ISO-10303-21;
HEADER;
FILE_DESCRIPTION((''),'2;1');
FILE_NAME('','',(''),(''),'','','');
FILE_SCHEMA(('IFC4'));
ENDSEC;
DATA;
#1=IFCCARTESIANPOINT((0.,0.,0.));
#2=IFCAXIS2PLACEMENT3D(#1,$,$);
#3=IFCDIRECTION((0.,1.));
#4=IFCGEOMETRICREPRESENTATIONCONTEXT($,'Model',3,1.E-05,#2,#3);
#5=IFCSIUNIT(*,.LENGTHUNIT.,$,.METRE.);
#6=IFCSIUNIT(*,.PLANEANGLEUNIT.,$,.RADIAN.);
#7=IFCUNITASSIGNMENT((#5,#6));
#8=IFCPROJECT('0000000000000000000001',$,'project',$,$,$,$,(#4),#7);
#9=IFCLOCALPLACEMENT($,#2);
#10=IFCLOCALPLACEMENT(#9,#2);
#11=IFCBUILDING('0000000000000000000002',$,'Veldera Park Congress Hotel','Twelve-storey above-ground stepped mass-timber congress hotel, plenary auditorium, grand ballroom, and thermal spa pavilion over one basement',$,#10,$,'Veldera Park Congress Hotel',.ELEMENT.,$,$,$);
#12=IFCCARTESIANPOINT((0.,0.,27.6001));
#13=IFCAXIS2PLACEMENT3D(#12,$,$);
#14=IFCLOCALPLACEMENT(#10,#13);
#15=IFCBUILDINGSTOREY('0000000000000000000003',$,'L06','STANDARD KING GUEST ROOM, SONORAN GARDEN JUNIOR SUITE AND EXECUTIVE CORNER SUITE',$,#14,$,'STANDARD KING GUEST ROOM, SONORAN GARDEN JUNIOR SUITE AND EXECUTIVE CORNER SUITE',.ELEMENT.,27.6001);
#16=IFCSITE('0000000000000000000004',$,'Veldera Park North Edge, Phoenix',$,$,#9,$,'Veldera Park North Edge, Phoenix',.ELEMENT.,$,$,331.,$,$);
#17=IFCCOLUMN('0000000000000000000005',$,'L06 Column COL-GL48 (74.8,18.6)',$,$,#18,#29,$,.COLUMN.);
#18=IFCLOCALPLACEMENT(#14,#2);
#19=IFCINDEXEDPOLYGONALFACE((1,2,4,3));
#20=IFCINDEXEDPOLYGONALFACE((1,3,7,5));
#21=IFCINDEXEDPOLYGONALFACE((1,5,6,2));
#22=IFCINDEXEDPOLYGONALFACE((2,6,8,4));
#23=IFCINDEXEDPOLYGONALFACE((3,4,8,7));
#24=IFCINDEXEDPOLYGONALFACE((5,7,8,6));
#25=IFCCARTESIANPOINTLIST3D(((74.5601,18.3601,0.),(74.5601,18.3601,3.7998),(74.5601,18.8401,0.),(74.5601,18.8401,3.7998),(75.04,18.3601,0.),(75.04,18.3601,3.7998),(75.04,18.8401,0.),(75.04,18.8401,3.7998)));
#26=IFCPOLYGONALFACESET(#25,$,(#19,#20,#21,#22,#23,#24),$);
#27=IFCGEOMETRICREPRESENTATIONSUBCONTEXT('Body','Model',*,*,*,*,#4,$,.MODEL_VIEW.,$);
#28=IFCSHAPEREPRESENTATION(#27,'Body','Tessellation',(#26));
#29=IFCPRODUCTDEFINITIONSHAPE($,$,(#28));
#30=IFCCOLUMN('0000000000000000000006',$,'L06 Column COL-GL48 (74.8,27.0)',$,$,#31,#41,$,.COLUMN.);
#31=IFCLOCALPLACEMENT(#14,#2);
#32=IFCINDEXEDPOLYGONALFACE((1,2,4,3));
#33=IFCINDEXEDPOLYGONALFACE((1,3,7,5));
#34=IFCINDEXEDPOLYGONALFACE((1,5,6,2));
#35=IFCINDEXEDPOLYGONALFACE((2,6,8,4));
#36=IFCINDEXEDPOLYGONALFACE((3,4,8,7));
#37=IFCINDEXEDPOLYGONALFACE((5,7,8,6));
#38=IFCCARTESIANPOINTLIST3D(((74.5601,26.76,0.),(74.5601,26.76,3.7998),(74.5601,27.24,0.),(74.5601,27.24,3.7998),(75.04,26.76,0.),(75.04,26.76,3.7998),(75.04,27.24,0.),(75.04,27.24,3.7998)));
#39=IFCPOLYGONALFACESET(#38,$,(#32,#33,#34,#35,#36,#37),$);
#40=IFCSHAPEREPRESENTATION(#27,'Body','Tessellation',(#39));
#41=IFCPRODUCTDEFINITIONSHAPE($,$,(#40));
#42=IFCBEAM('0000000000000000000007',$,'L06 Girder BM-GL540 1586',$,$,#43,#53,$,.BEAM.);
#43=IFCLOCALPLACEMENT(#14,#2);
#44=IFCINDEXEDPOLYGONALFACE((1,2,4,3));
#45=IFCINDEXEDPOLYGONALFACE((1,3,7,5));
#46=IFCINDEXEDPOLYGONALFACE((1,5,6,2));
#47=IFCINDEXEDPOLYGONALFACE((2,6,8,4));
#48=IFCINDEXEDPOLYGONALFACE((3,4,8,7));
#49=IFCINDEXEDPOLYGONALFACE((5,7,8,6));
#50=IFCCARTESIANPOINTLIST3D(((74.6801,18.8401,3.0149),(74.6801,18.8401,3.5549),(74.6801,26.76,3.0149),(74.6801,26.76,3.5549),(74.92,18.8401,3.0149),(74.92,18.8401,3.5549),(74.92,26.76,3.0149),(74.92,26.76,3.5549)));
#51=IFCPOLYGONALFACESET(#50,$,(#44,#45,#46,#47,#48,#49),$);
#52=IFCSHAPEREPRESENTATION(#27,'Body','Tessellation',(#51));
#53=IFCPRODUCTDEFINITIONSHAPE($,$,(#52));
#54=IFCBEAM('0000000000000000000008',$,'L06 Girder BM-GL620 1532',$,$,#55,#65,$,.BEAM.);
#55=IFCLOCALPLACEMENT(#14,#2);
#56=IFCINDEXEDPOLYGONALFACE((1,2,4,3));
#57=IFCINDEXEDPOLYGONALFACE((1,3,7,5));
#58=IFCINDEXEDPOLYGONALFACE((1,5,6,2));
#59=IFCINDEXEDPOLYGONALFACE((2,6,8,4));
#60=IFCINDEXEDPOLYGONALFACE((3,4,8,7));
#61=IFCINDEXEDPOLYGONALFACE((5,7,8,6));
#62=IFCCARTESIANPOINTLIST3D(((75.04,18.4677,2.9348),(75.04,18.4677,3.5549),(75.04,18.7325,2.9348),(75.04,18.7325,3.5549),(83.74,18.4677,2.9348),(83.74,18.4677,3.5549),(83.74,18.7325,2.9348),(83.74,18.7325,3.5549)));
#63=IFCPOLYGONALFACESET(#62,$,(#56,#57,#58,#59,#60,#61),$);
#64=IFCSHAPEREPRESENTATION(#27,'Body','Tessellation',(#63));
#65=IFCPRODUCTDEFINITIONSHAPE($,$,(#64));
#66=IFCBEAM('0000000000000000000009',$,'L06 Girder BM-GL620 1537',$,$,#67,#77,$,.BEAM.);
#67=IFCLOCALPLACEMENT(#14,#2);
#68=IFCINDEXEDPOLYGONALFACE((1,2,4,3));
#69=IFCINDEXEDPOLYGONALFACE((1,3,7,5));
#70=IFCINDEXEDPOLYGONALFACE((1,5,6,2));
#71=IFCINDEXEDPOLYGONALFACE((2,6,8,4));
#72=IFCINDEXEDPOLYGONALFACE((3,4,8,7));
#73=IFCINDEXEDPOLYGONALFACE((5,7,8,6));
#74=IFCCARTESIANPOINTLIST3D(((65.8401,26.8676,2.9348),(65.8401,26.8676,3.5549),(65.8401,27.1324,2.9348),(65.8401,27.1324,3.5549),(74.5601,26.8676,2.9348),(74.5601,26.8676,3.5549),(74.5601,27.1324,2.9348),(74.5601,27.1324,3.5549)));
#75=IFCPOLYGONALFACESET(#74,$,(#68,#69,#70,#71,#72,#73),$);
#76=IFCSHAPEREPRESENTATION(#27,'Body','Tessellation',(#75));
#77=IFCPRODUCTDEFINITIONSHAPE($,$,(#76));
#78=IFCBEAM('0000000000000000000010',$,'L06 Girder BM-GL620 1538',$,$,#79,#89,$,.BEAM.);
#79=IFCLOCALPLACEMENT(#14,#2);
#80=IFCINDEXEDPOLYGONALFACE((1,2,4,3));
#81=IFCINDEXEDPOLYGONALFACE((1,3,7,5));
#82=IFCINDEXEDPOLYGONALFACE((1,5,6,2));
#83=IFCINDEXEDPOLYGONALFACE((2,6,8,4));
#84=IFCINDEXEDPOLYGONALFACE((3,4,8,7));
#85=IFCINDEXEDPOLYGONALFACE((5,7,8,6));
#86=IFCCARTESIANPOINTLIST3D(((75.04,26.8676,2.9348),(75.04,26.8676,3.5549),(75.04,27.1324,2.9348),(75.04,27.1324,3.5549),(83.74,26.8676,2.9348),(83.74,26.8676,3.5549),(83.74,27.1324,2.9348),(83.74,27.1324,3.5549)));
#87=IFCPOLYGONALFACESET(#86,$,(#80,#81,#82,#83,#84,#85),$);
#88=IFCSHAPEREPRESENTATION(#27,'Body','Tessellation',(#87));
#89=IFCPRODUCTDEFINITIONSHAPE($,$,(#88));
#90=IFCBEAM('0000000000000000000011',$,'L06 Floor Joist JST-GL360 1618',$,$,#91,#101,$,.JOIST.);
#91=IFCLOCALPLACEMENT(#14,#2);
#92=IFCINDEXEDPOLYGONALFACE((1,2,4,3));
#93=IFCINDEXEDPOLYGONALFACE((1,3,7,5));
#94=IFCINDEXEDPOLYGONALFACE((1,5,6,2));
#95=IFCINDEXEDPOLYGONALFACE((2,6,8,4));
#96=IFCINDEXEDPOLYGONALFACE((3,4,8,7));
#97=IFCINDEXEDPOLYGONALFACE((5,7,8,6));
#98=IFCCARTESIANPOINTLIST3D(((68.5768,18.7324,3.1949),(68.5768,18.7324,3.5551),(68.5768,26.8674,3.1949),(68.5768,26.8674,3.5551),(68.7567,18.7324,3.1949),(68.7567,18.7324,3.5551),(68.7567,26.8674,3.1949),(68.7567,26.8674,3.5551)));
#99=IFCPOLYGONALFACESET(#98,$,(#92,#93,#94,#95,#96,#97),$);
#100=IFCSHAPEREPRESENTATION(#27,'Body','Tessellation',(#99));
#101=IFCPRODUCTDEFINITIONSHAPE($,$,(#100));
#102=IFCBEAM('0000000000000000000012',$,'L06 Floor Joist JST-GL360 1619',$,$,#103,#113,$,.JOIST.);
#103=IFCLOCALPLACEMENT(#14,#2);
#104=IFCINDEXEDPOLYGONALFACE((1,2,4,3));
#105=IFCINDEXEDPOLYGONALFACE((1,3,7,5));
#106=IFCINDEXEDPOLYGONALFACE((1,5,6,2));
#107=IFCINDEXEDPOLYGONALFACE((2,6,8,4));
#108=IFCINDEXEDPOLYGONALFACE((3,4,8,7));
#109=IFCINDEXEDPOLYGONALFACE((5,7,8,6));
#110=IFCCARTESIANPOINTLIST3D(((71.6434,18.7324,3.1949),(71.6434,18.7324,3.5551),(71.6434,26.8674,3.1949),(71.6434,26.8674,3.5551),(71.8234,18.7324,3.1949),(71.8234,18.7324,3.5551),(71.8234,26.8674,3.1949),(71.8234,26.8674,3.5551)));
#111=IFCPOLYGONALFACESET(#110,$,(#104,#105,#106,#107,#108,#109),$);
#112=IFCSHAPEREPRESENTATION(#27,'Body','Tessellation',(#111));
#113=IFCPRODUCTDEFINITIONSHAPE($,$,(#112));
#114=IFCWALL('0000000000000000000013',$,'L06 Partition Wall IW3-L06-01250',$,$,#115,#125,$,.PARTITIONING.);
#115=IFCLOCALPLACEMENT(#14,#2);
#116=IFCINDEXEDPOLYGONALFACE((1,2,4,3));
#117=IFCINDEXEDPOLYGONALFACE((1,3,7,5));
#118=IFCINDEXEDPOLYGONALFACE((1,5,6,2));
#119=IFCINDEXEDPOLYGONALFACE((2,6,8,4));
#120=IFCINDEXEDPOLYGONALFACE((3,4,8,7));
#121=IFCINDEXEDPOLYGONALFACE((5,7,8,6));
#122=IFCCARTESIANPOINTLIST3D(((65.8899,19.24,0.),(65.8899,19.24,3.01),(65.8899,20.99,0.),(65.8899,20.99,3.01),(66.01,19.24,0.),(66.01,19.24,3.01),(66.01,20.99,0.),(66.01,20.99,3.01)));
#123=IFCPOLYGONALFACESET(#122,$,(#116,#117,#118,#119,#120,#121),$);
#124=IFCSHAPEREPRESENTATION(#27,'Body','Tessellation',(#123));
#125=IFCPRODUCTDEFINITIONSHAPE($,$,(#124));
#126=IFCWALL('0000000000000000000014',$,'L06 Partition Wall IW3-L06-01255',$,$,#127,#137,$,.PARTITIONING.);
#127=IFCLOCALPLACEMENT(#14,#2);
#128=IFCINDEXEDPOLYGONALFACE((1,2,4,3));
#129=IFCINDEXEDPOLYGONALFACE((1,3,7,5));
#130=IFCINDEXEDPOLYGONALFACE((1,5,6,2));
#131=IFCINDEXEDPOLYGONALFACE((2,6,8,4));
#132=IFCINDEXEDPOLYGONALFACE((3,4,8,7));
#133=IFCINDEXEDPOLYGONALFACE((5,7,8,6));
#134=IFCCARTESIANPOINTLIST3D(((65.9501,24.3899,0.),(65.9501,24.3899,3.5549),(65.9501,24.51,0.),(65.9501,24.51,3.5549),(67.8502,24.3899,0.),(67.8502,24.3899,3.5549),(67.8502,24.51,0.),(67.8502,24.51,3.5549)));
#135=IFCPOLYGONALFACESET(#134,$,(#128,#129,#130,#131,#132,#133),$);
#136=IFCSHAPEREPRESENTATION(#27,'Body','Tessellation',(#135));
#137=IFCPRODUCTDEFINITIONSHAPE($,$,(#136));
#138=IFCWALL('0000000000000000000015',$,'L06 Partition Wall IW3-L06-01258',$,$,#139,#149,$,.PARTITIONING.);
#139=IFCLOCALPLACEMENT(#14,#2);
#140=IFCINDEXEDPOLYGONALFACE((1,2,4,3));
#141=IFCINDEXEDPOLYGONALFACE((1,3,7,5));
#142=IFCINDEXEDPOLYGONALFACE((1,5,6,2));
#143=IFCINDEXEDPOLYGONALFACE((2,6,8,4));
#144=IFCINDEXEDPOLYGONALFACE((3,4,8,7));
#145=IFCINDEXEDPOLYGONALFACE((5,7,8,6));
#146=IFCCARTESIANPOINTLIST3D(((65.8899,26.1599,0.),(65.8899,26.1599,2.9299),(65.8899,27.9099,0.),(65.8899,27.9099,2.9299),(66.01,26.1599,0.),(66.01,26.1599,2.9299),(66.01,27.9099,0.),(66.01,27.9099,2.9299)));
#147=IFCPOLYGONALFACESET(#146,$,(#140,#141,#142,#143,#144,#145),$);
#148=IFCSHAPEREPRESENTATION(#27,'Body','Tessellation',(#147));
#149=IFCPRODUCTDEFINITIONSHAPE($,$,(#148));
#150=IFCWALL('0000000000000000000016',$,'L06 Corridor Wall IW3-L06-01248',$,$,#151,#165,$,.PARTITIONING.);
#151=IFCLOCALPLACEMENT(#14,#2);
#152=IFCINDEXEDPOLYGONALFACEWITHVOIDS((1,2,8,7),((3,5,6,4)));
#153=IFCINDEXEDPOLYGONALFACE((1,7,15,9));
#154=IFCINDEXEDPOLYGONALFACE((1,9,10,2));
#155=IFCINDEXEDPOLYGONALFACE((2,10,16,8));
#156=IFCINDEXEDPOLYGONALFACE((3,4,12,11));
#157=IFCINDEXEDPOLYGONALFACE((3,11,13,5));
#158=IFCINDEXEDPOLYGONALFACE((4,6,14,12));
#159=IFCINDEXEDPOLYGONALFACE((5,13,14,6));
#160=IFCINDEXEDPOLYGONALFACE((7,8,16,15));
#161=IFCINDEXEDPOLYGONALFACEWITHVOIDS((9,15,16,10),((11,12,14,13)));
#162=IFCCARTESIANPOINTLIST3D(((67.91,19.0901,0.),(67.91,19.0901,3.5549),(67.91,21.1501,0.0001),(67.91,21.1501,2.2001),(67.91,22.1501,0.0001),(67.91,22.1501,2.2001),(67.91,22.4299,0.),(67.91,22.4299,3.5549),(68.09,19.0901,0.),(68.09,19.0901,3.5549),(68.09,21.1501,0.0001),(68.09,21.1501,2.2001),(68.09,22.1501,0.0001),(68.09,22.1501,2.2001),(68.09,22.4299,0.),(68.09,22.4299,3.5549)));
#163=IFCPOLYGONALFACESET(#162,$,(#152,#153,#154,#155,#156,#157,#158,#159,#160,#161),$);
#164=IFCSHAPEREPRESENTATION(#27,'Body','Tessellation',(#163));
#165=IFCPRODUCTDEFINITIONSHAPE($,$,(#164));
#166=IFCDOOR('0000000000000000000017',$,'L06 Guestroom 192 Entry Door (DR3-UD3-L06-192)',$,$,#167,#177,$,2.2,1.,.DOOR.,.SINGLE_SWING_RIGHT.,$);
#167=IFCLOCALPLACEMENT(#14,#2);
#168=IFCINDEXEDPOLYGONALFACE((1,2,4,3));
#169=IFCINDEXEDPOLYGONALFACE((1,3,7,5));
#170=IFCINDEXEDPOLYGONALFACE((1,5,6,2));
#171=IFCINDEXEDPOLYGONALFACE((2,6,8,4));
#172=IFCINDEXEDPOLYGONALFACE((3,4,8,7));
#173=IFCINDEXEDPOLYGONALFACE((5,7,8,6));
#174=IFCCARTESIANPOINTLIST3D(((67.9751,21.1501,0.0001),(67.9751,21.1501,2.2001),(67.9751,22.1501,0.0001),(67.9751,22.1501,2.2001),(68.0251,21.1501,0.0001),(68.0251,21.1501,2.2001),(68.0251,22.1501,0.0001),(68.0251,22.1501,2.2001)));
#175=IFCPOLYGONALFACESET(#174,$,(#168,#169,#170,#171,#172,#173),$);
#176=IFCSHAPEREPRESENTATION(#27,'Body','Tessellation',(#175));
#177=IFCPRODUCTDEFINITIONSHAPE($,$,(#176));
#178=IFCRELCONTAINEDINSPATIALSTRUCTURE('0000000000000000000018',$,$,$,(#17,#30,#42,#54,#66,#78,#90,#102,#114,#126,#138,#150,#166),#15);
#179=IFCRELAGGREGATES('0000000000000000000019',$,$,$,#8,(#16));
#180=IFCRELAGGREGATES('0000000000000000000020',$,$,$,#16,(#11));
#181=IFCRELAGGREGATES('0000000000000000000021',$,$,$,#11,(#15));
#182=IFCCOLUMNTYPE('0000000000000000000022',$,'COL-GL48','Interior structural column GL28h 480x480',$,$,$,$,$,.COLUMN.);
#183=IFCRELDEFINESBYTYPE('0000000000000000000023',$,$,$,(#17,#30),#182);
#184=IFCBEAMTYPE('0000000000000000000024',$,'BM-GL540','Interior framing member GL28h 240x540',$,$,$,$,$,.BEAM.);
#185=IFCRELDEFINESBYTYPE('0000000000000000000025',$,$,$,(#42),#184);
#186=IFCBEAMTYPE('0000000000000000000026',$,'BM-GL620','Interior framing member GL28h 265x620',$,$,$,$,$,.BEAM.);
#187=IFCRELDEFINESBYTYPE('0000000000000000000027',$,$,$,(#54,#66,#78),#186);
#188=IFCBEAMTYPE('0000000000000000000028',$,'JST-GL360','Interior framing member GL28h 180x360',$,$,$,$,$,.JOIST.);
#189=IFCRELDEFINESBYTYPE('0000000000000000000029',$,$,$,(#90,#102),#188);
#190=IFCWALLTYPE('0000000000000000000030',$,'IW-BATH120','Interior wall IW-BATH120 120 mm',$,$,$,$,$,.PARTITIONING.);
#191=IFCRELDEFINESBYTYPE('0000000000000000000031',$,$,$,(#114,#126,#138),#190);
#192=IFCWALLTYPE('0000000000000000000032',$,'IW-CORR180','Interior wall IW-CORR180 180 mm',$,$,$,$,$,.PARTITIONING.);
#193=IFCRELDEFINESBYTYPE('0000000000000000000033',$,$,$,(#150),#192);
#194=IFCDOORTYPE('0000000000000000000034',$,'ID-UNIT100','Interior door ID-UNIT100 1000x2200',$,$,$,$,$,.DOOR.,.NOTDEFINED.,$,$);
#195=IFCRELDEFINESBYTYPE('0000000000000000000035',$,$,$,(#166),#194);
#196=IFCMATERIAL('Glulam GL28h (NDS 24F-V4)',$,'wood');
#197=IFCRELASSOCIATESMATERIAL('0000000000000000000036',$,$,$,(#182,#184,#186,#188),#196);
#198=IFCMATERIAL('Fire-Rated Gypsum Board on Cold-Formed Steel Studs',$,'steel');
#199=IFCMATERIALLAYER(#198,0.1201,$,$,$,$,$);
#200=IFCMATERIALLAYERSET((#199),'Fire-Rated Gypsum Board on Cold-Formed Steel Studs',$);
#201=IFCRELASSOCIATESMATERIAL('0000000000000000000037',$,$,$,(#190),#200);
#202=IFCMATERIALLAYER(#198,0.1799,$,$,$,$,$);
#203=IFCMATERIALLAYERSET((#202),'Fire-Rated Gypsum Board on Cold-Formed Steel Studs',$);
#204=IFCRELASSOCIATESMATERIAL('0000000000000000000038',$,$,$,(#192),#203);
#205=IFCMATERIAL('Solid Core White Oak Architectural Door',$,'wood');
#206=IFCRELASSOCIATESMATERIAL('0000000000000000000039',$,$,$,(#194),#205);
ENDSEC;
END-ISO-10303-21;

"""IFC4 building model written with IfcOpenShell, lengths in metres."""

from ifc_helpers import new_model, si_unit, direction, frame, frame_2d, origin, origin_2d, place, context, subcontext, project, spatial, rectangle, extrude, material, layer, layer_set, material_profile, profile_set, type_object, element, fill, save


model = new_model("IFC4")

# Units and contexts
model_context = context("Model", 3, precision=1e-05, world=origin(), true_north=direction((0.0, 1.0)))
body_context = subcontext(model_context, "Body", "Model", "MODEL_VIEW")
ifc_project = project(units=[si_unit("LENGTHUNIT", "METRE"), si_unit("PLANEANGLEUNIT", "RADIAN")], contexts=[model_context])

# Site, building, storey
site_placement = place(None, origin())
site = spatial("IfcSite", under=ifc_project, at=site_placement, Name="Veldera Park North Edge, Phoenix", LongName="Veldera Park North Edge, Phoenix", CompositionType="ELEMENT", RefElevation=331.0)
building_placement = place(site_placement, origin())
building = spatial("IfcBuilding", under=site, at=building_placement, Name="Veldera Park Congress Hotel", Description="Twelve-storey above-ground stepped mass-timber congress hotel, plenary auditorium, grand ballroom, and thermal spa pavilion over one basement", LongName="Veldera Park Congress Hotel", CompositionType="ELEMENT")
storey_placement = place(building_placement, frame((0.0, 0.0, 27.6001)))
storey = spatial("IfcBuildingStorey", under=building, at=storey_placement, Name="L06", Description="STANDARD KING GUEST ROOM, SONORAN GARDEN JUNIOR SUITE AND EXECUTIVE CORNER SUITE", LongName="STANDARD KING GUEST ROOM, SONORAN GARDEN JUNIOR SUITE AND EXECUTIVE CORNER SUITE", CompositionType="ELEMENT", Elevation=27.6001)

# Columns
ifc_material_1 = material(Name="Glulam GL28h (NDS 24F-V4)", Category="wood")
ifc_material_profile_1 = material_profile(ifc_material_1, rectangle(XDim=0.48, YDim=0.48, at=origin_2d()), Name="GL28h 480x480")
ifc_profile_set_1 = profile_set([ifc_material_profile_1], Name="Glulam GL28h (NDS 24F-V4)")
column_type = type_object("IfcColumnType", Name="COL-GL48", Description="Interior structural column GL28h 480x480", PredefinedType="COLUMN", material=ifc_profile_set_1)
for number, where, z_axis, x_axis, name in (
    (1, (74.8, 18.6001, 0.0), (0.0, 0.0, 1.0), (1.0, 0.0, 0.0), "L06 Column COL-GL48 (74.8,18.6)"),
    (2, (74.8, 27.0, 0.0), (0.0, 0.0, 1.0), (1.0, 0.0, 0.0), "L06 Column COL-GL48 (74.8,27.0)"),
):
    element("IfcColumn", number, at=place(storey_placement, frame(where, z_axis=z_axis, x_axis=x_axis)), inside=storey, type_object=column_type, Name=name, PredefinedType="COLUMN", context=body_context, shape_type="SweptSolid", body=[
        extrude(rectangle(XDim=0.48, YDim=0.48, at=origin_2d()), origin(), (0.0, 0.0, 1.0), 3.7998),
    ])

# Beams
ifc_material_profile_2 = material_profile(ifc_material_1, rectangle(XDim=0.24, YDim=0.54, at=origin_2d()), Name="GL28h 240x540")
ifc_profile_set_2 = profile_set([ifc_material_profile_2], Name="Glulam GL28h (NDS 24F-V4)")
beam_type_1 = type_object("IfcBeamType", Name="BM-GL540", Description="Interior framing member GL28h 240x540", PredefinedType="BEAM", material=ifc_profile_set_2)
beam_1_placement = place(storey_placement, frame((74.8, 18.8401, 3.2849), z_axis=(0.0, 1.0, 0.0), x_axis=(-1.0, 0.0, 0.0)))
element("IfcBeam", 3, at=beam_1_placement, inside=storey, type_object=beam_type_1, Name="L06 Girder BM-GL540 1586", PredefinedType="BEAM", context=body_context, shape_type="SweptSolid", body=[
    extrude(rectangle(XDim=0.24, YDim=0.54, at=origin_2d()), origin(), (0.0, 0.0, 1.0), 7.9199),
])
ifc_material_profile_3 = material_profile(ifc_material_1, rectangle(XDim=0.2649, YDim=0.6201, at=origin_2d()), Name="GL28h 265x620")
ifc_profile_set_3 = profile_set([ifc_material_profile_3], Name="Glulam GL28h (NDS 24F-V4)")
beam_type_2 = type_object("IfcBeamType", Name="BM-GL620", Description="Interior framing member GL28h 265x620", PredefinedType="BEAM", material=ifc_profile_set_3)
beam_2_placement = place(storey_placement, frame((75.04, 18.6001, 3.2449), z_axis=(1.0, 0.0, 0.0), x_axis=(0.0, 1.0, 0.0)))
element("IfcBeam", 4, at=beam_2_placement, inside=storey, type_object=beam_type_2, Name="L06 Girder BM-GL620 1532", PredefinedType="BEAM", context=body_context, shape_type="SweptSolid", body=[
    extrude(rectangle(XDim=0.2649, YDim=0.6201, at=origin_2d()), origin(), (0.0, 0.0, 1.0), 8.7),
])
beam_3_placement = place(storey_placement, frame((65.8401, 27.0, 3.2449), z_axis=(1.0, 0.0, 0.0), x_axis=(0.0, 1.0, 0.0)))
element("IfcBeam", 5, at=beam_3_placement, inside=storey, type_object=beam_type_2, Name="L06 Girder BM-GL620 1537", PredefinedType="BEAM", context=body_context, shape_type="SweptSolid", body=[
    extrude(rectangle(XDim=0.2649, YDim=0.6201, at=origin_2d()), origin(), (0.0, 0.0, 1.0), 8.72),
])
beam_4_placement = place(storey_placement, frame((75.04, 27.0, 3.2449), z_axis=(1.0, 0.0, 0.0), x_axis=(0.0, 1.0, 0.0)))
element("IfcBeam", 6, at=beam_4_placement, inside=storey, type_object=beam_type_2, Name="L06 Girder BM-GL620 1538", PredefinedType="BEAM", context=body_context, shape_type="SweptSolid", body=[
    extrude(rectangle(XDim=0.2649, YDim=0.6201, at=origin_2d()), origin(), (0.0, 0.0, 1.0), 8.7),
])
ifc_material_profile_4 = material_profile(ifc_material_1, rectangle(XDim=0.1799, YDim=0.3601, at=origin_2d()), Name="GL28h 180x360")
ifc_profile_set_4 = profile_set([ifc_material_profile_4], Name="Glulam GL28h (NDS 24F-V4)")
beam_type_3 = type_object("IfcBeamType", Name="JST-GL360", Description="Interior framing member GL28h 180x360", PredefinedType="JOIST", material=ifc_profile_set_4)
for number, where, z_axis, x_axis, name in (
    (7, (68.6667, 18.7324, 3.375), (0.0, 1.0, 0.0), (-1.0, 0.0, 0.0), "L06 Floor Joist JST-GL360 1618"),
    (8, (71.7334, 18.7324, 3.375), (0.0, 1.0, 0.0), (-1.0, 0.0, 0.0), "L06 Floor Joist JST-GL360 1619"),
):
    element("IfcBeam", number, at=place(storey_placement, frame(where, z_axis=z_axis, x_axis=x_axis)), inside=storey, type_object=beam_type_3, Name=name, PredefinedType="JOIST", context=body_context, shape_type="SweptSolid", body=[
        extrude(rectangle(XDim=0.1799, YDim=0.3601, at=origin_2d()), origin(), (0.0, 0.0, 1.0), 8.135),
    ])

# Wall
ifc_material_2 = material(Name="Fire-Rated Gypsum Board on Cold-Formed Steel Studs", Category="steel")
ifc_layer_1 = layer(ifc_material_2, 0.1201)
ifc_layer_set_1 = layer_set([ifc_layer_1], Name="Fire-Rated Gypsum Board on Cold-Formed Steel Studs")
wall_type_1 = type_object("IfcWallType", Name="IW-BATH120", Description="Interior wall IW-BATH120 120 mm", PredefinedType="PARTITIONING", material=ifc_layer_set_1)
wall_1_placement = place(storey_placement, frame((65.95, 19.24, 0.0), z_axis=(0.0, 0.0, 1.0), x_axis=(0.0, 1.0, 0.0)))
element("IfcWall", 9, at=wall_1_placement, inside=storey, type_object=wall_type_1, Name="L06 Partition Wall IW3-L06-01250", PredefinedType="PARTITIONING", context=body_context, shape_type="SweptSolid", body=[
    extrude(rectangle(XDim=1.75, YDim=0.1201, at=frame_2d((0.875, 0.0))), origin(), (0.0, 0.0, 1.0), 3.01),
])

# Shared definitions
ifc_material_3 = material(Name="Solid Core White Oak Architectural Door", Category="wood")

# Walls
wall_2_placement = place(storey_placement, frame((65.95, 24.45, 0.0), z_axis=(0.0, 0.0, 1.0), x_axis=(1.0, 0.0, 0.0)))
element("IfcWall", 10, at=wall_2_placement, inside=storey, type_object=wall_type_1, Name="L06 Partition Wall IW3-L06-01255", PredefinedType="PARTITIONING", context=body_context, shape_type="SweptSolid", body=[
    extrude(rectangle(XDim=1.9001, YDim=0.1201, at=frame_2d((0.9502, 0.0))), origin(), (0.0, 0.0, 1.0), 3.5549),
])
wall_3_placement = place(storey_placement, frame((65.95, 26.1599, 0.0), z_axis=(0.0, 0.0, 1.0), x_axis=(0.0, 1.0, 0.0)))
element("IfcWall", 11, at=wall_3_placement, inside=storey, type_object=wall_type_1, Name="L06 Partition Wall IW3-L06-01258", PredefinedType="PARTITIONING", context=body_context, shape_type="SweptSolid", body=[
    extrude(rectangle(XDim=1.75, YDim=0.1201, at=frame_2d((0.875, 0.0))), origin(), (0.0, 0.0, 1.0), 2.9299),
])

# Wall, opening, door
ifc_layer_2 = layer(ifc_material_2, 0.1799)
ifc_layer_set_2 = layer_set([ifc_layer_2], Name="Fire-Rated Gypsum Board on Cold-Formed Steel Studs")
wall_type_2 = type_object("IfcWallType", Name="IW-CORR180", Description="Interior wall IW-CORR180 180 mm", PredefinedType="PARTITIONING", material=ifc_layer_set_2)
wall_4_placement = place(storey_placement, frame((68.0, 19.0901, 0.0), z_axis=(0.0, 0.0, 1.0), x_axis=(0.0, 1.0, 0.0)))
wall_4 = element("IfcWall", 12, at=wall_4_placement, inside=storey, type_object=wall_type_2, Name="L06 Corridor Wall IW3-L06-01248", PredefinedType="PARTITIONING", context=body_context, shape_type="SweptSolid", body=[
    extrude(rectangle(XDim=3.3398, YDim=0.1799, at=frame_2d((1.6699, 0.0))), origin(), (0.0, 0.0, 1.0), 3.5549),
])
opening_1_placement = place(wall_4_placement, frame((2.0601, 0.0, 0.0)))
opening_1 = element("IfcOpeningElement", 13, at=opening_1_placement, cuts=wall_4, PredefinedType="OPENING", context=body_context, shape_type="SweptSolid", body=[
    extrude(rectangle(XDim=1.0, YDim=2.2, at=frame_2d((0.5, 1.1001))), frame((0.0, 0.1021, 0.0), z_axis=(0.0, -1.0, 0.0), x_axis=(1.0, 0.0, 0.0)), (0.0, 0.0, 1.0), 0.2039),
])
door_type_1 = type_object("IfcDoorType", Name="ID-UNIT100", Description="Interior door ID-UNIT100 1000x2200", OperationType="NOTDEFINED", PredefinedType="DOOR", material=ifc_material_3)
door_1_placement = place(opening_1_placement, origin())
door_1 = element("IfcDoor", 14, at=door_1_placement, inside=storey, type_object=door_type_1, Name="L06 Guestroom 192 Entry Door (DR3-UD3-L06-192)", OperationType="SINGLE_SWING_RIGHT", OverallHeight=2.2, OverallWidth=1.0, PredefinedType="DOOR", context=body_context, shape_type="SweptSolid", body=[
    extrude(rectangle(XDim=1.0, YDim=2.2, at=frame_2d((0.5, 1.1001))), frame((0.0, 0.0249, 0.0), z_axis=(0.0, -1.0, 0.0), x_axis=(1.0, 0.0, 0.0)), (0.0, 0.0, 1.0), 0.05),
])
fill(opening_1, door_1)

save(model, "model.ifc")
